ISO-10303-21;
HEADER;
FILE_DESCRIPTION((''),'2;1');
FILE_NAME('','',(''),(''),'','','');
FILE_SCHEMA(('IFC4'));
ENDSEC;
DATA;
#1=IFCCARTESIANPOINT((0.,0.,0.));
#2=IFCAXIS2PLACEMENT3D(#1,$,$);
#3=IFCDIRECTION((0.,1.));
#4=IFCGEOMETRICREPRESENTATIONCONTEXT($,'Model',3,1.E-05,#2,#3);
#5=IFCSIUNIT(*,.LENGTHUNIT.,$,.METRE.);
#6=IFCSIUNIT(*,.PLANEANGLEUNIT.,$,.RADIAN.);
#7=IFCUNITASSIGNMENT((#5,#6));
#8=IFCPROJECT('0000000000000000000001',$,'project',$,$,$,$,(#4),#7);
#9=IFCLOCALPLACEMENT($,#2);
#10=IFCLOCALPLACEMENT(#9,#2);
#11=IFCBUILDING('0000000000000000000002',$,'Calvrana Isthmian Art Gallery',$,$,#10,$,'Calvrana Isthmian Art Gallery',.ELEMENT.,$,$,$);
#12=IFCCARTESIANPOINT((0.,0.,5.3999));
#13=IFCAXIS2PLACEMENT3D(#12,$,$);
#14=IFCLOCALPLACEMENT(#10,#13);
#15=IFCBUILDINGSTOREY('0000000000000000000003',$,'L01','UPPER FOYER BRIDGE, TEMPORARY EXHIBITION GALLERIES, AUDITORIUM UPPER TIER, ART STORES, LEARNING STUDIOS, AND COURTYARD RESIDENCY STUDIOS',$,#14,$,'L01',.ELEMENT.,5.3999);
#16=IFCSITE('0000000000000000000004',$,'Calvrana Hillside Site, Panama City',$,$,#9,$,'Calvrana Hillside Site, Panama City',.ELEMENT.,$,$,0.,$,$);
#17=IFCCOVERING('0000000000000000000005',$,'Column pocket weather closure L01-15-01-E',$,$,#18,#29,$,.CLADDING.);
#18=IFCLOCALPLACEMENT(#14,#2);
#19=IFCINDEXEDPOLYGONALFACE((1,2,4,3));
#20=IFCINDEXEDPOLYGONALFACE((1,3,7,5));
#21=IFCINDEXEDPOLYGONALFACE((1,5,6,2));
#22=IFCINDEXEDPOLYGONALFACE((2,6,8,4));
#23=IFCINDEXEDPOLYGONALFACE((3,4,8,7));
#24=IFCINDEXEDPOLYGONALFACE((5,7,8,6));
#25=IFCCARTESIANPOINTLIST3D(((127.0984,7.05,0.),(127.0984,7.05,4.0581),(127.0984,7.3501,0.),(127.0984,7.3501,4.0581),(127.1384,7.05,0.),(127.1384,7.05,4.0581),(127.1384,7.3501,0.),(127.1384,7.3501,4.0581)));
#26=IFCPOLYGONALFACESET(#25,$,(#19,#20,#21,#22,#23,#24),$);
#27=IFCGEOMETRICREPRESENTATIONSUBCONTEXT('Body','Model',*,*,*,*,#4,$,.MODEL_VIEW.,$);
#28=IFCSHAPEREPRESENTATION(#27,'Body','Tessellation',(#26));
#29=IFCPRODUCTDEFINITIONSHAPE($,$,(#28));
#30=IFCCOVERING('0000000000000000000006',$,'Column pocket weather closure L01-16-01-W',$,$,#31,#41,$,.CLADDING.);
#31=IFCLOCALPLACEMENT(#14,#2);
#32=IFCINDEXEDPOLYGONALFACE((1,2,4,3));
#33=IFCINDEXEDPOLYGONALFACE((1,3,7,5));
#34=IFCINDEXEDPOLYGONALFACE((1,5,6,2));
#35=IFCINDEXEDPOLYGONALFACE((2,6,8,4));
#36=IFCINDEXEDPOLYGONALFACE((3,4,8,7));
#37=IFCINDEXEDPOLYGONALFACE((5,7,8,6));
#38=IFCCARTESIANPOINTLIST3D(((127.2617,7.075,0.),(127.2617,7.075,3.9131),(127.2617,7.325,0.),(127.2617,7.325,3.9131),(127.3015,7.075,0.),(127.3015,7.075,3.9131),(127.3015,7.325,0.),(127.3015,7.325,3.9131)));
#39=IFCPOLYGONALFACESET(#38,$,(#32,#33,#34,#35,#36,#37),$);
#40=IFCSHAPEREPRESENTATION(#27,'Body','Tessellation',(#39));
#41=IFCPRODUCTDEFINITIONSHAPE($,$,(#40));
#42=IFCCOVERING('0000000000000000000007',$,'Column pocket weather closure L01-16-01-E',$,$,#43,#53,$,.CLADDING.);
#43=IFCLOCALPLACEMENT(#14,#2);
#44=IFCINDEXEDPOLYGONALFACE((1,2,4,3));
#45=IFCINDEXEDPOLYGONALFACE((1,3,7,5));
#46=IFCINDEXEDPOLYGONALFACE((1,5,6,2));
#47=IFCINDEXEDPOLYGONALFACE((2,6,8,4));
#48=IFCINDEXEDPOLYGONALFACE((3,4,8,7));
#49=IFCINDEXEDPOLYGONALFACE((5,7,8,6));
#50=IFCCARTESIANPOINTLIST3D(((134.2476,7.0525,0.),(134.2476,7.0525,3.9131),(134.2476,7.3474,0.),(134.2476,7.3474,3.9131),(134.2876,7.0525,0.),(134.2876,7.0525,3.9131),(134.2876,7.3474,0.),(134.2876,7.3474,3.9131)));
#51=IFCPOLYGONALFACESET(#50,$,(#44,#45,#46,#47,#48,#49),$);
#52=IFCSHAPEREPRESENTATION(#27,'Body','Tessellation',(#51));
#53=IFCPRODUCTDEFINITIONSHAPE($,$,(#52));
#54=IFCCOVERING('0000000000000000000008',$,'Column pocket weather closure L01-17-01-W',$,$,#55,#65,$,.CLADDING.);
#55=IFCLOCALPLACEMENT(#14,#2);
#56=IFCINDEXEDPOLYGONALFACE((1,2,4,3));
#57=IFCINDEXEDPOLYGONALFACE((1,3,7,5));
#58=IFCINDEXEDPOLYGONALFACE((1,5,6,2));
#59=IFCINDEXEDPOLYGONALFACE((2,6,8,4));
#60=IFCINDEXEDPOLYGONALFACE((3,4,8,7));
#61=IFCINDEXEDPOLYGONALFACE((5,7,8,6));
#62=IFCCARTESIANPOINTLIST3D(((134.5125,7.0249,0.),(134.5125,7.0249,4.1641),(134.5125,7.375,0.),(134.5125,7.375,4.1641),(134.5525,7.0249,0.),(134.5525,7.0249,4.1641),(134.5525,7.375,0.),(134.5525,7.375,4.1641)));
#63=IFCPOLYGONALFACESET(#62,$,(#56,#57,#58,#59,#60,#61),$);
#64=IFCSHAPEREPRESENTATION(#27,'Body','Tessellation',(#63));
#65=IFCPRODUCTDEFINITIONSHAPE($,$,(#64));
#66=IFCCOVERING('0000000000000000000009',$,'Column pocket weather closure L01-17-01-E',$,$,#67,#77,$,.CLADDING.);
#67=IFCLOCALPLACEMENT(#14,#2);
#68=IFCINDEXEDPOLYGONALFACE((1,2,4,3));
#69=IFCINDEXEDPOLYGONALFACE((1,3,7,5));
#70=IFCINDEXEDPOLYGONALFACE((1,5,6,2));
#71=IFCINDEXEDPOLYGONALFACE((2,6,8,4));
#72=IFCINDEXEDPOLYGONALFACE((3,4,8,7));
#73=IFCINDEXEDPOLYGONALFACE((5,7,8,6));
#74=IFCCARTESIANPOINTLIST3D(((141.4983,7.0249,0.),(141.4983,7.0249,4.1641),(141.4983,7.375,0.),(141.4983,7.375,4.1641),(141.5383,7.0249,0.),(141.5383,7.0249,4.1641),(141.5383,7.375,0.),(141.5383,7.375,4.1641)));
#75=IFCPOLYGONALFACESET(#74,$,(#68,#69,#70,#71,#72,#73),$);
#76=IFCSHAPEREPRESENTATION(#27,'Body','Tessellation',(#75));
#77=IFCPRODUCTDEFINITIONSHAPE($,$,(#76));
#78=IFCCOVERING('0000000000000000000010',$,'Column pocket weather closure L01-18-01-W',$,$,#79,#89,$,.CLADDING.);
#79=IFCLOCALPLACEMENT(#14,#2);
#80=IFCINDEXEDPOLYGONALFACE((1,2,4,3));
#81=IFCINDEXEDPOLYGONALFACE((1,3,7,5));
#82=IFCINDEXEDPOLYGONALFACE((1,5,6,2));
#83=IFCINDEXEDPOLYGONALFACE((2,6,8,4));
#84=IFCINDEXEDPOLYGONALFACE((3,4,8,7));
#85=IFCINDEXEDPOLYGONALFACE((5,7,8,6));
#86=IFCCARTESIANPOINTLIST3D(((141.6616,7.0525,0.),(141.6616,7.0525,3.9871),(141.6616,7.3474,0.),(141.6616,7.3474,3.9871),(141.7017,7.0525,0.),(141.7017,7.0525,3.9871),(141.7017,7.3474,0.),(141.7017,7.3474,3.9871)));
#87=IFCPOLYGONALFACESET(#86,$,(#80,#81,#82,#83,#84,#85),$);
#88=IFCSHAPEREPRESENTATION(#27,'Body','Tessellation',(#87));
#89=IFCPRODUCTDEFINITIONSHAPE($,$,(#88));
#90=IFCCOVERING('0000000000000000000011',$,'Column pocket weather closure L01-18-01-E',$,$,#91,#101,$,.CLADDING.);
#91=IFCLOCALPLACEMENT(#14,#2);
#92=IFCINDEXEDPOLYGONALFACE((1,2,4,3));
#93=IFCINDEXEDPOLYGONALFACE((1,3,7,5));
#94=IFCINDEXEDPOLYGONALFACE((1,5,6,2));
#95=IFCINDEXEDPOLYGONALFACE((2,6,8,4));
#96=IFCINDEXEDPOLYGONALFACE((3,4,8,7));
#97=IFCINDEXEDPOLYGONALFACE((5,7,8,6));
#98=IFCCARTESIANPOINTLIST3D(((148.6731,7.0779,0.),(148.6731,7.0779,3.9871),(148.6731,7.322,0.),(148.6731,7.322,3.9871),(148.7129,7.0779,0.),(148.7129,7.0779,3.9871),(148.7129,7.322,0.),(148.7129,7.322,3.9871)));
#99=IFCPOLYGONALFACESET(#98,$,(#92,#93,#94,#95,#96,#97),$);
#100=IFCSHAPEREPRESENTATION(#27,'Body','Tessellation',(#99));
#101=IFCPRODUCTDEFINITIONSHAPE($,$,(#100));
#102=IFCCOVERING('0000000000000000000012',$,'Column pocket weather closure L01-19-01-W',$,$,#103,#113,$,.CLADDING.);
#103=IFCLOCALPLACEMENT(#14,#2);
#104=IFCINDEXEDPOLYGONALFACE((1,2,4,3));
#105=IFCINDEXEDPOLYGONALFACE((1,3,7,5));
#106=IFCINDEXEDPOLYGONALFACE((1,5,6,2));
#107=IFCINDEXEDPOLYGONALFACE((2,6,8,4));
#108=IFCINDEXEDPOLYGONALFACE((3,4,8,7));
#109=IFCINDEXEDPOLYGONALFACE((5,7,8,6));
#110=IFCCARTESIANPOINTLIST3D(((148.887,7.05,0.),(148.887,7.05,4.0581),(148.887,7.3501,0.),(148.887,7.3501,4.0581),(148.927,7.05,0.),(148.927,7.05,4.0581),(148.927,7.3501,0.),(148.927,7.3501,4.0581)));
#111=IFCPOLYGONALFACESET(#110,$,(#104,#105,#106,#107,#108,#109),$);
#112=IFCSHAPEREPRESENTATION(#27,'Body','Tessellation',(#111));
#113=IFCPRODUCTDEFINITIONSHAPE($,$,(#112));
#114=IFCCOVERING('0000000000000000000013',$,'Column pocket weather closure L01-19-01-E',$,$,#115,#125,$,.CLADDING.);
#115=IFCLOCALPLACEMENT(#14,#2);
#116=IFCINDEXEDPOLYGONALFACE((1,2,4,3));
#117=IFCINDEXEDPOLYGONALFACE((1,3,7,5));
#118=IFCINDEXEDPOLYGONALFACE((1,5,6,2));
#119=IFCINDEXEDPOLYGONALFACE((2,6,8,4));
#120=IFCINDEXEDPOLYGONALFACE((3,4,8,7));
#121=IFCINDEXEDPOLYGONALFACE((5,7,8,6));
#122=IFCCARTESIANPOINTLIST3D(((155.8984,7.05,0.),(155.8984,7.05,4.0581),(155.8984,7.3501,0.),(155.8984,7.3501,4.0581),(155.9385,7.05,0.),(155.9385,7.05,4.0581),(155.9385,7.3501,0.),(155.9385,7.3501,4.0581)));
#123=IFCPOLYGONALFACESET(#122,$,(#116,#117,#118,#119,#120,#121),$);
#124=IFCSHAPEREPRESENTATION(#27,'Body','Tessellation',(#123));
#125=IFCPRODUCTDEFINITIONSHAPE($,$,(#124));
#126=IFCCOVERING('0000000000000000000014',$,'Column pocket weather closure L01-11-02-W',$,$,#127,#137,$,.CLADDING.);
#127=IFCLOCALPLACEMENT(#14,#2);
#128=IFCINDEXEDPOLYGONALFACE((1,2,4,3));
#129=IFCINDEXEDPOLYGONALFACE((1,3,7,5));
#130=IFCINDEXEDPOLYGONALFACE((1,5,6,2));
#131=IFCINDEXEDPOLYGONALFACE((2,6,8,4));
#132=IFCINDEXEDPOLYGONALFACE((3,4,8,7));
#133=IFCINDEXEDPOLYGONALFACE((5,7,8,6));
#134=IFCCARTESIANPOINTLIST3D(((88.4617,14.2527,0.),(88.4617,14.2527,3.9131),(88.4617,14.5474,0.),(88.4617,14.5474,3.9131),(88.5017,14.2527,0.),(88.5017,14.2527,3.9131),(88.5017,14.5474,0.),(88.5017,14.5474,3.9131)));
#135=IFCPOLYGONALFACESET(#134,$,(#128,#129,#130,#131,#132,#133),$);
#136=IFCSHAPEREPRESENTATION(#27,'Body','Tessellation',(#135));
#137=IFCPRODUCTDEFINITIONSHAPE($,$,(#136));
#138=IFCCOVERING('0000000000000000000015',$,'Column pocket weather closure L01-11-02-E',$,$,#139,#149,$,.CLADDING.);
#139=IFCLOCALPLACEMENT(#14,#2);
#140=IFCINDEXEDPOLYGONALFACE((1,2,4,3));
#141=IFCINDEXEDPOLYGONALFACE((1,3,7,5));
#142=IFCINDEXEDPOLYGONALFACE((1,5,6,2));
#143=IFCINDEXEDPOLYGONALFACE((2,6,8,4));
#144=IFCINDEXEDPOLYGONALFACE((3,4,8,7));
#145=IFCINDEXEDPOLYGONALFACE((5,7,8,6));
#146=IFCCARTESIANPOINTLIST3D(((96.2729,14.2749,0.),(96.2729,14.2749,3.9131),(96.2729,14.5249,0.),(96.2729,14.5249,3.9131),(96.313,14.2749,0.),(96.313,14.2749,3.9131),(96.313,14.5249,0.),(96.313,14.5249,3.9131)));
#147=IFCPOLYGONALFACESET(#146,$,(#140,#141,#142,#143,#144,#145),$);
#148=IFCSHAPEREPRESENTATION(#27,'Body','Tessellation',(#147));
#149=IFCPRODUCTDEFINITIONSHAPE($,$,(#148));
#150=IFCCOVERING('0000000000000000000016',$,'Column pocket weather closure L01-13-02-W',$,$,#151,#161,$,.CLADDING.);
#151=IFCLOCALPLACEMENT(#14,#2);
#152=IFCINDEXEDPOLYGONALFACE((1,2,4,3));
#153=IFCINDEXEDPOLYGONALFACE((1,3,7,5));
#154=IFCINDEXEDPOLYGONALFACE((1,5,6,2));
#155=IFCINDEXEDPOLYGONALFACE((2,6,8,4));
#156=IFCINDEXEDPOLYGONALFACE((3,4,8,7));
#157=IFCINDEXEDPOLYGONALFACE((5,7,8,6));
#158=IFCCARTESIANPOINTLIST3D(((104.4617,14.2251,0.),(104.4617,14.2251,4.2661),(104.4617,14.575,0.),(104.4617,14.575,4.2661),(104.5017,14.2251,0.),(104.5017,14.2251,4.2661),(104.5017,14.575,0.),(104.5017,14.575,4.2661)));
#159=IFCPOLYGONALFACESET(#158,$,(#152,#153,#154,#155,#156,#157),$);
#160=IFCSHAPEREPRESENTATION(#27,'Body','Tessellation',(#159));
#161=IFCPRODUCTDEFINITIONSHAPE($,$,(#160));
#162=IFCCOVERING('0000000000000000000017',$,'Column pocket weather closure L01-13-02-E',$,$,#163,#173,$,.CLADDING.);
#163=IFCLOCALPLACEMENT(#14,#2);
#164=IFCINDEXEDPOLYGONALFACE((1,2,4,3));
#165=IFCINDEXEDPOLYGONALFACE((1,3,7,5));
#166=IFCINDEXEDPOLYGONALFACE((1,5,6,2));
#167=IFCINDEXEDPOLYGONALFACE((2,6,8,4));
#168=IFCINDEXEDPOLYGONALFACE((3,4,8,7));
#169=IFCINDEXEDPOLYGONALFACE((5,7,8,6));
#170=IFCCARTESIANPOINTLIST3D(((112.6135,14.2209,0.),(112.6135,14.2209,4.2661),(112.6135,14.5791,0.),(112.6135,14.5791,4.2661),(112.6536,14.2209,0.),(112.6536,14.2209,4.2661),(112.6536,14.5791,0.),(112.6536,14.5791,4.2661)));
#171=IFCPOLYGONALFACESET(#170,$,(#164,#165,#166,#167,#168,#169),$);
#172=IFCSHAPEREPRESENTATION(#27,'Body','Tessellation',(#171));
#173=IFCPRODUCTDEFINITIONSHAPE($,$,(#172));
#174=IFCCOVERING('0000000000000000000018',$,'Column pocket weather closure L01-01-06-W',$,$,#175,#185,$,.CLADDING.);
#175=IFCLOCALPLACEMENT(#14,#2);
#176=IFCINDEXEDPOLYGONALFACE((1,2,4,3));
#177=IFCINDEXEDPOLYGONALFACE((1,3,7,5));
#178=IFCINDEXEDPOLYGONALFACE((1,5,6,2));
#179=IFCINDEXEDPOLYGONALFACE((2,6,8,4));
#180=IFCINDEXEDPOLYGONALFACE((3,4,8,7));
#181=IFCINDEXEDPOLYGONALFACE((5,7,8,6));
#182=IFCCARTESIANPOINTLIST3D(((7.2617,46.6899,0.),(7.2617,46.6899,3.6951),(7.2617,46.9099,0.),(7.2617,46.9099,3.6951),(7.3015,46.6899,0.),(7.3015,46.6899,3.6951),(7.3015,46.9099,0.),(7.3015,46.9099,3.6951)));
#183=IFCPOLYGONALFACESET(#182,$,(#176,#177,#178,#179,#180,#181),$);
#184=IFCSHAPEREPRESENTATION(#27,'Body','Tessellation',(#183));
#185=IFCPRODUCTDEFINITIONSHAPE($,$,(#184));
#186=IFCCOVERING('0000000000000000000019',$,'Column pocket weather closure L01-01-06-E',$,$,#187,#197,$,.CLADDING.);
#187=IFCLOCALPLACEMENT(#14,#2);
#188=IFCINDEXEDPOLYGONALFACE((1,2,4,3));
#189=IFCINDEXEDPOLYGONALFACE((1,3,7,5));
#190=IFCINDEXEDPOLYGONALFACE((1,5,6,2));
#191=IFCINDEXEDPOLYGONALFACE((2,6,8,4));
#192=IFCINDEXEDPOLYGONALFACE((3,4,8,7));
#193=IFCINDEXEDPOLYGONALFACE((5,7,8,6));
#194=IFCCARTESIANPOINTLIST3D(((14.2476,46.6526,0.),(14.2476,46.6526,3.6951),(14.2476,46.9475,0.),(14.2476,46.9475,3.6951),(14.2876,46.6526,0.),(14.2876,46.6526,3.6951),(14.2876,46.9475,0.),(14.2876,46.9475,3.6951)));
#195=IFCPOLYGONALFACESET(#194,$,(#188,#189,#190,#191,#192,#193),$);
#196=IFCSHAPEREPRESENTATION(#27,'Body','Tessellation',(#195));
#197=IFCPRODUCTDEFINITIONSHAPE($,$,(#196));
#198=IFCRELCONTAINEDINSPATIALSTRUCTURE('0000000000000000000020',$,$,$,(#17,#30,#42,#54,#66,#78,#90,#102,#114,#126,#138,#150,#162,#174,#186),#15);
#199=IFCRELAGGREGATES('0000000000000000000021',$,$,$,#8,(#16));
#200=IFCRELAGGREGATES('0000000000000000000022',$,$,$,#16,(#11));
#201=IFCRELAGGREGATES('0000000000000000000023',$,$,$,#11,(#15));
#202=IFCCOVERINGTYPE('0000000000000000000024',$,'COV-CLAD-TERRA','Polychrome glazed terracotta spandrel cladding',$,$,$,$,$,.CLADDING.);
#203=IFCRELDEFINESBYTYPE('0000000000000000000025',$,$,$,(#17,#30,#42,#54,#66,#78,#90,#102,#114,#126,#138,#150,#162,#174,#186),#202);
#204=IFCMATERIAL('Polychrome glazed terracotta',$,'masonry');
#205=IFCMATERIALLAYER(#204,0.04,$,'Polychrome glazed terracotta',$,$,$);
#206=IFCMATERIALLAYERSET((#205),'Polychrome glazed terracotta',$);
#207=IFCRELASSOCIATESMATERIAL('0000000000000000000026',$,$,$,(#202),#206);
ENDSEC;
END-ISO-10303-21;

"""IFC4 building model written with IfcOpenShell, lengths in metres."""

from ifc_helpers import new_model, si_unit, direction, frame, origin, place, context, subcontext, project, spatial, polyline, outline, extrude, material, layer, layer_set, type_object, element, save


model = new_model("IFC4")

# Units and contexts
model_context = context("Model", 3, precision=1e-05, world=origin(), true_north=direction((0.0, 1.0)))
body_context = subcontext(model_context, "Body", "Model", "MODEL_VIEW")
ifc_project = project(units=[si_unit("LENGTHUNIT", "METRE"), si_unit("PLANEANGLEUNIT", "RADIAN")], contexts=[model_context])

# Site, building, storey
site_placement = place(None, origin())
site = spatial("IfcSite", under=ifc_project, at=site_placement, Name="Calvrana Hillside Site, Panama City", LongName="Calvrana Hillside Site, Panama City", CompositionType="ELEMENT", RefElevation=0.0)
building_placement = place(site_placement, origin())
building = spatial("IfcBuilding", under=site, at=building_placement, Name="Calvrana Isthmian Art Gallery", LongName="Calvrana Isthmian Art Gallery", CompositionType="ELEMENT")
storey_placement = place(building_placement, frame((0.0, 0.0, 5.3999)))
storey = spatial("IfcBuildingStorey", under=building, at=storey_placement, Name="L01", Description="UPPER FOYER BRIDGE, TEMPORARY EXHIBITION GALLERIES, AUDITORIUM UPPER TIER, ART STORES, LEARNING STUDIOS, AND COURTYARD RESIDENCY STUDIOS", LongName="L01", CompositionType="ELEMENT", Elevation=5.3999)

# Coverings
ifc_material = material(Name="Polychrome glazed terracotta", Category="masonry")
ifc_layer = layer(ifc_material, 0.04, Name="Polychrome glazed terracotta")
ifc_layer_set = layer_set([ifc_layer], Name="Polychrome glazed terracotta")
covering_type = type_object("IfcCoveringType", Name="COV-CLAD-TERRA", Description="Polychrome glazed terracotta spandrel cladding", PredefinedType="CLADDING", material=ifc_layer_set)
covering_1_placement = place(storey_placement, origin())
element("IfcCovering", 1, at=covering_1_placement, inside=storey, type_object=covering_type, Name="Column pocket weather closure L01-15-01-E", PredefinedType="CLADDING", context=body_context, shape_type="SweptSolid", body=[
    extrude(outline(polyline([(127.0984, 7.05), (127.1384, 7.05), (127.1384, 7.3501), (127.0984, 7.3501), (127.0984, 7.05)])), origin(), (0.0, 0.0, 1.0), 4.0581),
])
covering_2_placement = place(storey_placement, origin())
element("IfcCovering", 2, at=covering_2_placement, inside=storey, type_object=covering_type, Name="Column pocket weather closure L01-16-01-W", PredefinedType="CLADDING", context=body_context, shape_type="SweptSolid", body=[
    extrude(outline(polyline([(127.2617, 7.075), (127.3015, 7.075), (127.3015, 7.325), (127.2617, 7.325), (127.2617, 7.075)])), origin(), (0.0, 0.0, 1.0), 3.9131),
])
covering_3_placement = place(storey_placement, origin())
element("IfcCovering", 3, at=covering_3_placement, inside=storey, type_object=covering_type, Name="Column pocket weather closure L01-16-01-E", PredefinedType="CLADDING", context=body_context, shape_type="SweptSolid", body=[
    extrude(outline(polyline([(134.2476, 7.0525), (134.2876, 7.0525), (134.2876, 7.3474), (134.2476, 7.3474), (134.2476, 7.0525)])), origin(), (0.0, 0.0, 1.0), 3.9131),
])
covering_4_placement = place(storey_placement, origin())
element("IfcCovering", 4, at=covering_4_placement, inside=storey, type_object=covering_type, Name="Column pocket weather closure L01-17-01-W", PredefinedType="CLADDING", context=body_context, shape_type="SweptSolid", body=[
    extrude(outline(polyline([(134.5125, 7.0249), (134.5525, 7.0249), (134.5525, 7.375), (134.5125, 7.375), (134.5125, 7.0249)])), origin(), (0.0, 0.0, 1.0), 4.1641),
])
covering_5_placement = place(storey_placement, origin())
element("IfcCovering", 5, at=covering_5_placement, inside=storey, type_object=covering_type, Name="Column pocket weather closure L01-17-01-E", PredefinedType="CLADDING", context=body_context, shape_type="SweptSolid", body=[
    extrude(outline(polyline([(141.4983, 7.0249), (141.5383, 7.0249), (141.5383, 7.375), (141.4983, 7.375), (141.4983, 7.0249)])), origin(), (0.0, 0.0, 1.0), 4.1641),
])
covering_6_placement = place(storey_placement, origin())
element("IfcCovering", 6, at=covering_6_placement, inside=storey, type_object=covering_type, Name="Column pocket weather closure L01-18-01-W", PredefinedType="CLADDING", context=body_context, shape_type="SweptSolid", body=[
    extrude(outline(polyline([(141.6616, 7.0525), (141.7017, 7.0525), (141.7017, 7.3474), (141.6616, 7.3474), (141.6616, 7.0525)])), origin(), (0.0, 0.0, 1.0), 3.9871),
])
covering_7_placement = place(storey_placement, origin())
element("IfcCovering", 7, at=covering_7_placement, inside=storey, type_object=covering_type, Name="Column pocket weather closure L01-18-01-E", PredefinedType="CLADDING", context=body_context, shape_type="SweptSolid", body=[
    extrude(outline(polyline([(148.6731, 7.0779), (148.7129, 7.0779), (148.7129, 7.322), (148.6731, 7.322), (148.6731, 7.0779)])), origin(), (0.0, 0.0, 1.0), 3.9871),
])
covering_8_placement = place(storey_placement, origin())
element("IfcCovering", 8, at=covering_8_placement, inside=storey, type_object=covering_type, Name="Column pocket weather closure L01-19-01-W", PredefinedType="CLADDING", context=body_context, shape_type="SweptSolid", body=[
    extrude(outline(polyline([(148.887, 7.05), (148.927, 7.05), (148.927, 7.3501), (148.887, 7.3501), (148.887, 7.05)])), origin(), (0.0, 0.0, 1.0), 4.0581),
])
covering_9_placement = place(storey_placement, origin())
element("IfcCovering", 9, at=covering_9_placement, inside=storey, type_object=covering_type, Name="Column pocket weather closure L01-19-01-E", PredefinedType="CLADDING", context=body_context, shape_type="SweptSolid", body=[
    extrude(outline(polyline([(155.8984, 7.05), (155.9385, 7.05), (155.9385, 7.3501), (155.8984, 7.3501), (155.8984, 7.05)])), origin(), (0.0, 0.0, 1.0), 4.0581),
])
covering_10_placement = place(storey_placement, origin())
element("IfcCovering", 10, at=covering_10_placement, inside=storey, type_object=covering_type, Name="Column pocket weather closure L01-11-02-W", PredefinedType="CLADDING", context=body_context, shape_type="SweptSolid", body=[
    extrude(outline(polyline([(88.4617, 14.2527), (88.5017, 14.2527), (88.5017, 14.5474), (88.4617, 14.5474), (88.4617, 14.2527)])), origin(), (0.0, 0.0, 1.0), 3.9131),
])
covering_11_placement = place(storey_placement, origin())
element("IfcCovering", 11, at=covering_11_placement, inside=storey, type_object=covering_type, Name="Column pocket weather closure L01-11-02-E", PredefinedType="CLADDING", context=body_context, shape_type="SweptSolid", body=[
    extrude(outline(polyline([(96.2729, 14.2749), (96.313, 14.2749), (96.313, 14.5249), (96.2729, 14.5249), (96.2729, 14.2749)])), origin(), (0.0, 0.0, 1.0), 3.9131),
])
covering_12_placement = place(storey_placement, origin())
element("IfcCovering", 12, at=covering_12_placement, inside=storey, type_object=covering_type, Name="Column pocket weather closure L01-13-02-W", PredefinedType="CLADDING", context=body_context, shape_type="SweptSolid", body=[
    extrude(outline(polyline([(104.4617, 14.2251), (104.5017, 14.2251), (104.5017, 14.575), (104.4617, 14.575), (104.4617, 14.2251)])), origin(), (0.0, 0.0, 1.0), 4.2661),
])
covering_13_placement = place(storey_placement, origin())
element("IfcCovering", 13, at=covering_13_placement, inside=storey, type_object=covering_type, Name="Column pocket weather closure L01-13-02-E", PredefinedType="CLADDING", context=body_context, shape_type="SweptSolid", body=[
    extrude(outline(polyline([(112.6135, 14.2209), (112.6536, 14.2209), (112.6536, 14.5791), (112.6135, 14.5791), (112.6135, 14.2209)])), origin(), (0.0, 0.0, 1.0), 4.2661),
])
covering_14_placement = place(storey_placement, origin())
element("IfcCovering", 14, at=covering_14_placement, inside=storey, type_object=covering_type, Name="Column pocket weather closure L01-01-06-W", PredefinedType="CLADDING", context=body_context, shape_type="SweptSolid", body=[
    extrude(outline(polyline([(7.2617, 46.6899), (7.3015, 46.6899), (7.3015, 46.9099), (7.2617, 46.9099), (7.2617, 46.6899)])), origin(), (0.0, 0.0, 1.0), 3.6951),
])
covering_15_placement = place(storey_placement, origin())
element("IfcCovering", 15, at=covering_15_placement, inside=storey, type_object=covering_type, Name="Column pocket weather closure L01-01-06-E", PredefinedType="CLADDING", context=body_context, shape_type="SweptSolid", body=[
    extrude(outline(polyline([(14.2476, 46.6526), (14.2876, 46.6526), (14.2876, 46.9475), (14.2476, 46.9475), (14.2476, 46.6526)])), origin(), (0.0, 0.0, 1.0), 3.6951),
])

save(model, "model.ifc")
